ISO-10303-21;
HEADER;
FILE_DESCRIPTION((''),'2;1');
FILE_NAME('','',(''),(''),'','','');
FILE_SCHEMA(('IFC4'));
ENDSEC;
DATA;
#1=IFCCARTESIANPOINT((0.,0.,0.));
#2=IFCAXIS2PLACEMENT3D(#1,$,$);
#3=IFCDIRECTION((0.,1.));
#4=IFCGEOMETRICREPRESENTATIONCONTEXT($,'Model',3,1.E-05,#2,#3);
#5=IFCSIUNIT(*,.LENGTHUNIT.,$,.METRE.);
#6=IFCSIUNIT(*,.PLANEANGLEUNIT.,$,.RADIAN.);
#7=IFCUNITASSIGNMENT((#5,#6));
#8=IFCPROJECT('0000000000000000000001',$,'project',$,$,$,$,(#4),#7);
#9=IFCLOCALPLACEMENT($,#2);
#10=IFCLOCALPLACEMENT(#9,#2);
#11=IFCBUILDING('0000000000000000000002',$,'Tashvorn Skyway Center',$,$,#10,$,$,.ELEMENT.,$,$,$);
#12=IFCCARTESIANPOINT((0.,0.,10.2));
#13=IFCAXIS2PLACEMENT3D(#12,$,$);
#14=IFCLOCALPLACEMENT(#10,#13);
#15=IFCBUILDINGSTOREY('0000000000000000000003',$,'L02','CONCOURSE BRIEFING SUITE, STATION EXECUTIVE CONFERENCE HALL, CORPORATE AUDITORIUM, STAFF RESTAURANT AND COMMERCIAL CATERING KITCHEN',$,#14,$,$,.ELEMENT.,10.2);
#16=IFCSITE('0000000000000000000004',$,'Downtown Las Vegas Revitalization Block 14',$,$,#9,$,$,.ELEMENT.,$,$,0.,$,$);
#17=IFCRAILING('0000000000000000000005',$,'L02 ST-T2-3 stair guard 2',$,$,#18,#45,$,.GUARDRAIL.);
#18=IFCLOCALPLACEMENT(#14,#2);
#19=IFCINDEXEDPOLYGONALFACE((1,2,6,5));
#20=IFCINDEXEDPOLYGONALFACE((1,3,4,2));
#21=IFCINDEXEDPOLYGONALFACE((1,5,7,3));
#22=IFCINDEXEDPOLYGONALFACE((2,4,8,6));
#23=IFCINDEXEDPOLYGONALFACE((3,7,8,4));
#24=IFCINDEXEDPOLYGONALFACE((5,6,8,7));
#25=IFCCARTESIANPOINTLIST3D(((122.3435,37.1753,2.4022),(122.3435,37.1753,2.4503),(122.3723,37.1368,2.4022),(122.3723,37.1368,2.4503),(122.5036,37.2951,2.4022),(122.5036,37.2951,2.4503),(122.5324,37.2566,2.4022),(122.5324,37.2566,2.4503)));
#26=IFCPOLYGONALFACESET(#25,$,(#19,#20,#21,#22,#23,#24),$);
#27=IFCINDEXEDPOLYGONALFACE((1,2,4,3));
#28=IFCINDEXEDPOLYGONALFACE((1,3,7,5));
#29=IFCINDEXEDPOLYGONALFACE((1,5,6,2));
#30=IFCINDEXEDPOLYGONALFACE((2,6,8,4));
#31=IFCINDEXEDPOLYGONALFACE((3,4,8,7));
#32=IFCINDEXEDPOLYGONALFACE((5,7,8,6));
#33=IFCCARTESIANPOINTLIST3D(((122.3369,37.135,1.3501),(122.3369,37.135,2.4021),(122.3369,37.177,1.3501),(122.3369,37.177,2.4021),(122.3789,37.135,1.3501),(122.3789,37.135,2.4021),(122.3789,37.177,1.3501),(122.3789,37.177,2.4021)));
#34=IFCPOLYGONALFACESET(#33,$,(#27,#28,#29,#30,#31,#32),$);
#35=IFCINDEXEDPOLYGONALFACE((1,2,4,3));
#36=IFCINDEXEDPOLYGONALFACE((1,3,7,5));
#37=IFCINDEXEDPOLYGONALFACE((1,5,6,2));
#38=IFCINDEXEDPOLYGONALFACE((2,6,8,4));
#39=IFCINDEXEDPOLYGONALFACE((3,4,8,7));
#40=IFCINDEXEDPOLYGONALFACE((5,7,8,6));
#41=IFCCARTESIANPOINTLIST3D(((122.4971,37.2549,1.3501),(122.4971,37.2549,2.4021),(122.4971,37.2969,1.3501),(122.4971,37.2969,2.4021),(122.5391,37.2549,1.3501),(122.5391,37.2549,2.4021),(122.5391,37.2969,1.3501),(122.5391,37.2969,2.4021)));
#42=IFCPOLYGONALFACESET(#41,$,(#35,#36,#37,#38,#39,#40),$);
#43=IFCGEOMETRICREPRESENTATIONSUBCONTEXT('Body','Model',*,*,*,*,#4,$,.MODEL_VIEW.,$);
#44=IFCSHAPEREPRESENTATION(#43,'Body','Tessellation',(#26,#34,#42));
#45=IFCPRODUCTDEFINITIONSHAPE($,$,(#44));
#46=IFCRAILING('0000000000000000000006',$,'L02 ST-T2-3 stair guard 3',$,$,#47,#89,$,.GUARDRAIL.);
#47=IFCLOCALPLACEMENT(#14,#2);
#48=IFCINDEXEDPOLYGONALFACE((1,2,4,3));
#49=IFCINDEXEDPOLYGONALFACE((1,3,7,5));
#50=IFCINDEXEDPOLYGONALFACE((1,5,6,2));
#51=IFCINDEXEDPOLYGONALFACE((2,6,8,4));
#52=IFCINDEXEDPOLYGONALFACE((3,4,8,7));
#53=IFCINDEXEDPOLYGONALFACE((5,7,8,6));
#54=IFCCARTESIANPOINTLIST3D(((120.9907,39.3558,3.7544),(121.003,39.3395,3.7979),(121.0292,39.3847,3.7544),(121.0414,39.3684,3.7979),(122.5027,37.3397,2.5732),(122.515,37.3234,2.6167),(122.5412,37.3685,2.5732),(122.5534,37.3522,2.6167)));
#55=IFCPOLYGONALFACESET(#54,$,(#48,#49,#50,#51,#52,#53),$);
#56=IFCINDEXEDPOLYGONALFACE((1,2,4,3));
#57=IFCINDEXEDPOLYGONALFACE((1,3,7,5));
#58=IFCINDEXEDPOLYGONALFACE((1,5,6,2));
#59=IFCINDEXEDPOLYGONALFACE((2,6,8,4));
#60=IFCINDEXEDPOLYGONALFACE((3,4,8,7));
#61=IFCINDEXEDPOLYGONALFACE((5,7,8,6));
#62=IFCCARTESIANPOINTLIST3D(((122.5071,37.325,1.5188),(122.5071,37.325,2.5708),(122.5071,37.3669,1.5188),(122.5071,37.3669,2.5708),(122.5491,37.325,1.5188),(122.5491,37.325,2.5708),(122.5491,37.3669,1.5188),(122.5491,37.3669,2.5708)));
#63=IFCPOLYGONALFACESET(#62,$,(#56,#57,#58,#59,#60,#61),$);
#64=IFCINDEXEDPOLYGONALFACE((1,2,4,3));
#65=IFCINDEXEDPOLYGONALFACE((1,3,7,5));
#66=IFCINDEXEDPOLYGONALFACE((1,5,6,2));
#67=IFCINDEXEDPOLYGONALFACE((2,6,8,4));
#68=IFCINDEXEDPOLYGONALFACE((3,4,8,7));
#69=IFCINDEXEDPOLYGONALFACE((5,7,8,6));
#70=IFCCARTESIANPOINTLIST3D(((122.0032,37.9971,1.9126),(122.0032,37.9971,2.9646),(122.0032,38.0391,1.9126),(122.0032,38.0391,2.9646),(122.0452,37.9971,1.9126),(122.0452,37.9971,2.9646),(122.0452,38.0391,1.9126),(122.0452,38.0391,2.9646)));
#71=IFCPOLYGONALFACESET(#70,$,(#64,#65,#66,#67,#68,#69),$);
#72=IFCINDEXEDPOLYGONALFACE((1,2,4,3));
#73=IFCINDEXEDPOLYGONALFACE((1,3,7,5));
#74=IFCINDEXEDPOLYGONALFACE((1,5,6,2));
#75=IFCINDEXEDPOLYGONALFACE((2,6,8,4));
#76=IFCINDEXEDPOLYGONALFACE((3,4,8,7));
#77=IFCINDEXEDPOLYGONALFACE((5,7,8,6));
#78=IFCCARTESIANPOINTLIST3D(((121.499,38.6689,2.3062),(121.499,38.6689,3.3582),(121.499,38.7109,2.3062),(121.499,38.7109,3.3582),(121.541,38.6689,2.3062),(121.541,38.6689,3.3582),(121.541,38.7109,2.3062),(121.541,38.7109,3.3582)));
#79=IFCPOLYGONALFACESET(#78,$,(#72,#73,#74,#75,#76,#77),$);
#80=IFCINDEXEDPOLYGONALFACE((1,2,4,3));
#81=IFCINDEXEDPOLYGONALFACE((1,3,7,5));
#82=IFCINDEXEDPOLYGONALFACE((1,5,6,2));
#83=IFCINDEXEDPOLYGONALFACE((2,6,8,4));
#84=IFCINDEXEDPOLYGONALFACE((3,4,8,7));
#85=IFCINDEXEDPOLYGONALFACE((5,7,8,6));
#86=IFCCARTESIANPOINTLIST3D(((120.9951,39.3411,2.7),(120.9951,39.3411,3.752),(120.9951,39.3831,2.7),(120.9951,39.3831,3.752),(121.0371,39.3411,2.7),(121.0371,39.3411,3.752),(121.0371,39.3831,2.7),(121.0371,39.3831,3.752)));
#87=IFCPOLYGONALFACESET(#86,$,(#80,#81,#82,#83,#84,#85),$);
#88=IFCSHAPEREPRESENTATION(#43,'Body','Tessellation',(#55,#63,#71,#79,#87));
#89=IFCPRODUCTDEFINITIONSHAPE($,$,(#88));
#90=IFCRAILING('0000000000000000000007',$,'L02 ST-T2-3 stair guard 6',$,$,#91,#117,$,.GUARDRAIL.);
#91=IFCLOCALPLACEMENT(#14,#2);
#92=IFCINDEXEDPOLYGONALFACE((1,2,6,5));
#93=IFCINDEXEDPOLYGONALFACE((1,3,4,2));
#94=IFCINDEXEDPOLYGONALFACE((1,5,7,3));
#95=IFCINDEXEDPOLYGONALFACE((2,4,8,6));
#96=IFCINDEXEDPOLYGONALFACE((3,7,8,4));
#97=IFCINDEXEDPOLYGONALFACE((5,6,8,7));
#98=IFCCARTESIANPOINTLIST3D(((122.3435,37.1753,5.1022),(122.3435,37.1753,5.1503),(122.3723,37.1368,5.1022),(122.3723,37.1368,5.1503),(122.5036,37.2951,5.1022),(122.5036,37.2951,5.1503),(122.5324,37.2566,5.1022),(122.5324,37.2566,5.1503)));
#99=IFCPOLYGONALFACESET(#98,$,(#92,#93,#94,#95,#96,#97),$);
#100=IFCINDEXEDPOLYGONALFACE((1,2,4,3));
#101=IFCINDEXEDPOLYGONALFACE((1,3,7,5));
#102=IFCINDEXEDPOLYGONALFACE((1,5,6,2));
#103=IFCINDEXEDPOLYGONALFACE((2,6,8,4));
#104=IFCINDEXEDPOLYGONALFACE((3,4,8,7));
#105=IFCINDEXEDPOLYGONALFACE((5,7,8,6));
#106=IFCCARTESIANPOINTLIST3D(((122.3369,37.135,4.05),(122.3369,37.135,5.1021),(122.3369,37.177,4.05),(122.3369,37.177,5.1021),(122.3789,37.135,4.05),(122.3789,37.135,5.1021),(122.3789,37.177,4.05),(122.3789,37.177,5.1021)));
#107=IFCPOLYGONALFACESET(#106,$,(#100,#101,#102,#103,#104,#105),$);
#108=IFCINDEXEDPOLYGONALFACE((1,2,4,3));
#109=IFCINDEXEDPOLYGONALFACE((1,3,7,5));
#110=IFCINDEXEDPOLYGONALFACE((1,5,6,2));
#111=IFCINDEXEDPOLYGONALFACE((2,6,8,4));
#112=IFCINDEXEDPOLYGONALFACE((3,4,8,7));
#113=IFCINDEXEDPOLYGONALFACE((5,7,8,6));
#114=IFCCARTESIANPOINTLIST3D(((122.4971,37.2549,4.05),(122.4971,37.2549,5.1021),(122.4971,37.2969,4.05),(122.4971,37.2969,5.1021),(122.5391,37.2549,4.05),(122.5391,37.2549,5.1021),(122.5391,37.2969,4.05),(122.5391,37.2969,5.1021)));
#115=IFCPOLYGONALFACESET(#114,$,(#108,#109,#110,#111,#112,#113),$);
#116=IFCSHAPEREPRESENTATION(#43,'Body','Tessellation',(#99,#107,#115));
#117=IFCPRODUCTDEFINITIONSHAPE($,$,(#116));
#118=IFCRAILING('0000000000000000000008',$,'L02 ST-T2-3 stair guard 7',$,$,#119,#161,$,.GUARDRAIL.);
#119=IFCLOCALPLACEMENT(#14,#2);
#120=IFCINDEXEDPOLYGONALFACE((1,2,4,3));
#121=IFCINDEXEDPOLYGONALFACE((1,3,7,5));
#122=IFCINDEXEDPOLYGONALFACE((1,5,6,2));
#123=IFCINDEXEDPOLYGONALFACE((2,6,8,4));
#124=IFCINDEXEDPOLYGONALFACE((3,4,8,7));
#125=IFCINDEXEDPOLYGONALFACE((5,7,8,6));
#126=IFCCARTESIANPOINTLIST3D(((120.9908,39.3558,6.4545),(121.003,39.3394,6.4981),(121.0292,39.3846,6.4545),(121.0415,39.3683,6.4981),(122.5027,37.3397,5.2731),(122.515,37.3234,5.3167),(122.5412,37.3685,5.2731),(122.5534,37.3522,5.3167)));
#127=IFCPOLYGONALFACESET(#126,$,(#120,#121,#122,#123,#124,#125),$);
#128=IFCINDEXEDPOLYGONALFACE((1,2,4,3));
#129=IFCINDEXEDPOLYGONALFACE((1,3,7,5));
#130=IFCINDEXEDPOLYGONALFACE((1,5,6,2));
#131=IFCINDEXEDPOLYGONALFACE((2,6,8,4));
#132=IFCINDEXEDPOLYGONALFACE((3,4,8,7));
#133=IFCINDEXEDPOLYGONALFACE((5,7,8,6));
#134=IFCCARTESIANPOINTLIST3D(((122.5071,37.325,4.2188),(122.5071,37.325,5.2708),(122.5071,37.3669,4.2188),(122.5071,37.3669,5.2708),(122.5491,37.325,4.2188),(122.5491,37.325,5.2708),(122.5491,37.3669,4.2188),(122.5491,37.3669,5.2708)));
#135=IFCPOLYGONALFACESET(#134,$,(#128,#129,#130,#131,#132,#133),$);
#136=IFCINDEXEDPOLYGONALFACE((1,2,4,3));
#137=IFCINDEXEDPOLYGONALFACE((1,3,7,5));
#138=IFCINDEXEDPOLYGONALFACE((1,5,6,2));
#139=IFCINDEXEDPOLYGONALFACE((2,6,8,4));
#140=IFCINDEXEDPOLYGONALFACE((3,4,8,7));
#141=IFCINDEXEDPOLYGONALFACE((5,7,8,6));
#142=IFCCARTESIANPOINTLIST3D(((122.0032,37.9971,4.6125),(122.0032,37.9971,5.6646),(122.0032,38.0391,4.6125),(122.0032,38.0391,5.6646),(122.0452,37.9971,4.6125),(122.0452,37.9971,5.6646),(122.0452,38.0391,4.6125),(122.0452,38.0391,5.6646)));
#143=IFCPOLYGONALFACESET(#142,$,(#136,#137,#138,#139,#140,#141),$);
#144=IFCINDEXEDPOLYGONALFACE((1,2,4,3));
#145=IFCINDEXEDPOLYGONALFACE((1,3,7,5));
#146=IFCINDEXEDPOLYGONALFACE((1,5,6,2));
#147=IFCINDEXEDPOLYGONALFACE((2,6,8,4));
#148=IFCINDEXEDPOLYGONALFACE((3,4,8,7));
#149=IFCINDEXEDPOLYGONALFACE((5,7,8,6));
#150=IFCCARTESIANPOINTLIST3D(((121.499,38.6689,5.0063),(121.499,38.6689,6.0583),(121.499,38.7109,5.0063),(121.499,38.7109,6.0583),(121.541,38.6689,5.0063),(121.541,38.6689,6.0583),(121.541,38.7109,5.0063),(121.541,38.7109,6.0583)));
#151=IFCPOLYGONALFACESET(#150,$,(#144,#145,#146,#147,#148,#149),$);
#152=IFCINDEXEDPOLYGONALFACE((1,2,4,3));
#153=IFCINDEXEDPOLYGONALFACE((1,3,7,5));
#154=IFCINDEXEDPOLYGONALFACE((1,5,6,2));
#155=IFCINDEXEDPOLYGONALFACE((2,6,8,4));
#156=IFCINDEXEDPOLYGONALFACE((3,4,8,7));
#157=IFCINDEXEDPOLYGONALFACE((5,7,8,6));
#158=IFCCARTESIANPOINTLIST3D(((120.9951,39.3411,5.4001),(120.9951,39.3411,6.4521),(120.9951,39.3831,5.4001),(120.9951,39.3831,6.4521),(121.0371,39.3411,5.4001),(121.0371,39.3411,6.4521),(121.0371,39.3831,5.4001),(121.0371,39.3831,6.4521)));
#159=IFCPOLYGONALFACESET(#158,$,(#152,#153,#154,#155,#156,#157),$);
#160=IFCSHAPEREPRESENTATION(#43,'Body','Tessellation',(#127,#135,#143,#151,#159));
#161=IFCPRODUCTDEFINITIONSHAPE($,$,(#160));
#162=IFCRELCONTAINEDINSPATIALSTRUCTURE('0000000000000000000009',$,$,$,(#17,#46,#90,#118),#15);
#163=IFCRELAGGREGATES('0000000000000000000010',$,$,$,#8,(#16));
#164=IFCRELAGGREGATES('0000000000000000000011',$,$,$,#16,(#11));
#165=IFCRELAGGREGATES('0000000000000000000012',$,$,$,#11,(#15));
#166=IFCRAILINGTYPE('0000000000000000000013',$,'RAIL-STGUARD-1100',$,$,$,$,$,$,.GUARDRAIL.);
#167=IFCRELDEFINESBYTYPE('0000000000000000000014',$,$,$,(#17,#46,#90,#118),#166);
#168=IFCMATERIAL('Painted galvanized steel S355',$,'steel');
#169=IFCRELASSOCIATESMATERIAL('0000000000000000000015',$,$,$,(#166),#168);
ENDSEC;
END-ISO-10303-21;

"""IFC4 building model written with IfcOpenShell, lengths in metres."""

from ifc_helpers import new_model, si_unit, direction, frame, origin, origin_2d, place, context, subcontext, project, spatial, rectangle, extrude, material, type_object, element, save


model = new_model("IFC4")

# Units and contexts
model_context = context("Model", 3, precision=1e-05, world=origin(), true_north=direction((0.0, 1.0)))
body_context = subcontext(model_context, "Body", "Model", "MODEL_VIEW")
ifc_project = project(units=[si_unit("LENGTHUNIT", "METRE"), si_unit("PLANEANGLEUNIT", "RADIAN")], contexts=[model_context])

# Site, building, storey
site_placement = place(None, origin())
site = spatial("IfcSite", under=ifc_project, at=site_placement, Name="Downtown Las Vegas Revitalization Block 14", CompositionType="ELEMENT", RefElevation=0.0)
building_placement = place(site_placement, origin())
building = spatial("IfcBuilding", under=site, at=building_placement, Name="Tashvorn Skyway Center", CompositionType="ELEMENT")
storey_placement = place(building_placement, frame((0.0, 0.0, 10.2)))
storey = spatial("IfcBuildingStorey", under=building, at=storey_placement, Name="L02", Description="CONCOURSE BRIEFING SUITE, STATION EXECUTIVE CONFERENCE HALL, CORPORATE AUDITORIUM, STAFF RESTAURANT AND COMMERCIAL CATERING KITCHEN", CompositionType="ELEMENT", Elevation=10.2)

# Railings
ifc_material_1 = material(Name="Painted galvanized steel S355", Category="steel")
railing_type_1 = type_object("IfcRailingType", Name="RAIL-STGUARD-1100", PredefinedType="GUARDRAIL", material=ifc_material_1)
railing_1_placement = place(storey_placement, frame((122.3579, 37.156, 1.3501)))
element("IfcRailing", 1, at=railing_1_placement, inside=storey, type_object=railing_type_1, Name="L02 ST-T2-3 stair guard 2", PredefinedType="GUARDRAIL", context=body_context, shape_type="SweptSolid", body=[
    extrude(rectangle(XDim=0.0481, YDim=0.0481, at=origin_2d()), frame((0.0, 0.0, 1.0762), z_axis=(0.800585, 0.599219, 0.0), x_axis=(-0.599219, 0.800585, 0.0)), (0.0, 0.0, 1.0), 0.2),
    extrude(rectangle(XDim=0.042, YDim=0.042, at=origin_2d()), origin(), (0.0, 0.0, 1.0), 1.052),
    extrude(rectangle(XDim=0.042, YDim=0.042, at=origin_2d()), frame((0.1602, 0.1199, 0.0)), (0.0, 0.0, 1.0), 1.052),
])
railing_2_placement = place(storey_placement, frame((122.5281, 37.3459, 1.5188)))
element("IfcRailing", 2, at=railing_2_placement, inside=storey, type_object=railing_type_1, Name="L02 ST-T2-3 stair guard 3", PredefinedType="GUARDRAIL", context=body_context, shape_type="SweptSolid", body=[
    extrude(rectangle(XDim=0.0481, YDim=0.0481, at=origin_2d()), frame((0.0, 0.0, 1.0762), z_axis=(-0.543258, 0.724403, 0.424396), x_axis=(-0.800023, -0.599969, 0.0)), (0.0, 0.0, 1.0), 2.7832),
    extrude(rectangle(XDim=0.042, YDim=0.042, at=origin_2d()), origin(), (0.0, 0.0, 1.0), 1.052),
    extrude(rectangle(XDim=0.042, YDim=0.042, at=origin_2d()), frame((-0.5039, 0.6721, 0.3938)), (0.0, 0.0, 1.0), 1.052),
    extrude(rectangle(XDim=0.042, YDim=0.042, at=origin_2d()), frame((-1.0081, 1.344, 0.7874)), (0.0, 0.0, 1.0), 1.052),
    extrude(rectangle(XDim=0.042, YDim=0.042, at=origin_2d()), frame((-1.512, 2.0161, 1.1812)), (0.0, 0.0, 1.0), 1.052),
])
railing_3_placement = place(storey_placement, frame((122.3579, 37.156, 4.05)))
element("IfcRailing", 3, at=railing_3_placement, inside=storey, type_object=railing_type_1, Name="L02 ST-T2-3 stair guard 6", PredefinedType="GUARDRAIL", context=body_context, shape_type="SweptSolid", body=[
    extrude(rectangle(XDim=0.0481, YDim=0.0481, at=origin_2d()), frame((0.0, 0.0, 1.0762), z_axis=(0.800585, 0.599219, 0.0), x_axis=(-0.599219, 0.800585, 0.0)), (0.0, 0.0, 1.0), 0.2),
    extrude(rectangle(XDim=0.042, YDim=0.042, at=origin_2d()), origin(), (0.0, 0.0, 1.0), 1.052),
    extrude(rectangle(XDim=0.042, YDim=0.042, at=origin_2d()), frame((0.1602, 0.1199, 0.0)), (0.0, 0.0, 1.0), 1.052),
])
railing_4_placement = place(storey_placement, frame((122.5281, 37.3459, 4.2188)))
element("IfcRailing", 4, at=railing_4_placement, inside=storey, type_object=railing_type_1, Name="L02 ST-T2-3 stair guard 7", PredefinedType="GUARDRAIL", context=body_context, shape_type="SweptSolid", body=[
    extrude(rectangle(XDim=0.0481, YDim=0.0481, at=origin_2d()), frame((0.0, 0.0, 1.0762), z_axis=(-0.543238, 0.724376, 0.424468), x_axis=(-0.800023, -0.599969, 0.0)), (0.0, 0.0, 1.0), 2.7832),
    extrude(rectangle(XDim=0.042, YDim=0.042, at=origin_2d()), origin(), (0.0, 0.0, 1.0), 1.052),
    extrude(rectangle(XDim=0.042, YDim=0.042, at=origin_2d()), frame((-0.5039, 0.6721, 0.3938)), (0.0, 0.0, 1.0), 1.052),
    extrude(rectangle(XDim=0.042, YDim=0.042, at=origin_2d()), frame((-1.0081, 1.344, 0.7876)), (0.0, 0.0, 1.0), 1.052),
    extrude(rectangle(XDim=0.042, YDim=0.042, at=origin_2d()), frame((-1.512, 2.0161, 1.1814)), (0.0, 0.0, 1.0), 1.052),
])

save(model, "model.ifc")
